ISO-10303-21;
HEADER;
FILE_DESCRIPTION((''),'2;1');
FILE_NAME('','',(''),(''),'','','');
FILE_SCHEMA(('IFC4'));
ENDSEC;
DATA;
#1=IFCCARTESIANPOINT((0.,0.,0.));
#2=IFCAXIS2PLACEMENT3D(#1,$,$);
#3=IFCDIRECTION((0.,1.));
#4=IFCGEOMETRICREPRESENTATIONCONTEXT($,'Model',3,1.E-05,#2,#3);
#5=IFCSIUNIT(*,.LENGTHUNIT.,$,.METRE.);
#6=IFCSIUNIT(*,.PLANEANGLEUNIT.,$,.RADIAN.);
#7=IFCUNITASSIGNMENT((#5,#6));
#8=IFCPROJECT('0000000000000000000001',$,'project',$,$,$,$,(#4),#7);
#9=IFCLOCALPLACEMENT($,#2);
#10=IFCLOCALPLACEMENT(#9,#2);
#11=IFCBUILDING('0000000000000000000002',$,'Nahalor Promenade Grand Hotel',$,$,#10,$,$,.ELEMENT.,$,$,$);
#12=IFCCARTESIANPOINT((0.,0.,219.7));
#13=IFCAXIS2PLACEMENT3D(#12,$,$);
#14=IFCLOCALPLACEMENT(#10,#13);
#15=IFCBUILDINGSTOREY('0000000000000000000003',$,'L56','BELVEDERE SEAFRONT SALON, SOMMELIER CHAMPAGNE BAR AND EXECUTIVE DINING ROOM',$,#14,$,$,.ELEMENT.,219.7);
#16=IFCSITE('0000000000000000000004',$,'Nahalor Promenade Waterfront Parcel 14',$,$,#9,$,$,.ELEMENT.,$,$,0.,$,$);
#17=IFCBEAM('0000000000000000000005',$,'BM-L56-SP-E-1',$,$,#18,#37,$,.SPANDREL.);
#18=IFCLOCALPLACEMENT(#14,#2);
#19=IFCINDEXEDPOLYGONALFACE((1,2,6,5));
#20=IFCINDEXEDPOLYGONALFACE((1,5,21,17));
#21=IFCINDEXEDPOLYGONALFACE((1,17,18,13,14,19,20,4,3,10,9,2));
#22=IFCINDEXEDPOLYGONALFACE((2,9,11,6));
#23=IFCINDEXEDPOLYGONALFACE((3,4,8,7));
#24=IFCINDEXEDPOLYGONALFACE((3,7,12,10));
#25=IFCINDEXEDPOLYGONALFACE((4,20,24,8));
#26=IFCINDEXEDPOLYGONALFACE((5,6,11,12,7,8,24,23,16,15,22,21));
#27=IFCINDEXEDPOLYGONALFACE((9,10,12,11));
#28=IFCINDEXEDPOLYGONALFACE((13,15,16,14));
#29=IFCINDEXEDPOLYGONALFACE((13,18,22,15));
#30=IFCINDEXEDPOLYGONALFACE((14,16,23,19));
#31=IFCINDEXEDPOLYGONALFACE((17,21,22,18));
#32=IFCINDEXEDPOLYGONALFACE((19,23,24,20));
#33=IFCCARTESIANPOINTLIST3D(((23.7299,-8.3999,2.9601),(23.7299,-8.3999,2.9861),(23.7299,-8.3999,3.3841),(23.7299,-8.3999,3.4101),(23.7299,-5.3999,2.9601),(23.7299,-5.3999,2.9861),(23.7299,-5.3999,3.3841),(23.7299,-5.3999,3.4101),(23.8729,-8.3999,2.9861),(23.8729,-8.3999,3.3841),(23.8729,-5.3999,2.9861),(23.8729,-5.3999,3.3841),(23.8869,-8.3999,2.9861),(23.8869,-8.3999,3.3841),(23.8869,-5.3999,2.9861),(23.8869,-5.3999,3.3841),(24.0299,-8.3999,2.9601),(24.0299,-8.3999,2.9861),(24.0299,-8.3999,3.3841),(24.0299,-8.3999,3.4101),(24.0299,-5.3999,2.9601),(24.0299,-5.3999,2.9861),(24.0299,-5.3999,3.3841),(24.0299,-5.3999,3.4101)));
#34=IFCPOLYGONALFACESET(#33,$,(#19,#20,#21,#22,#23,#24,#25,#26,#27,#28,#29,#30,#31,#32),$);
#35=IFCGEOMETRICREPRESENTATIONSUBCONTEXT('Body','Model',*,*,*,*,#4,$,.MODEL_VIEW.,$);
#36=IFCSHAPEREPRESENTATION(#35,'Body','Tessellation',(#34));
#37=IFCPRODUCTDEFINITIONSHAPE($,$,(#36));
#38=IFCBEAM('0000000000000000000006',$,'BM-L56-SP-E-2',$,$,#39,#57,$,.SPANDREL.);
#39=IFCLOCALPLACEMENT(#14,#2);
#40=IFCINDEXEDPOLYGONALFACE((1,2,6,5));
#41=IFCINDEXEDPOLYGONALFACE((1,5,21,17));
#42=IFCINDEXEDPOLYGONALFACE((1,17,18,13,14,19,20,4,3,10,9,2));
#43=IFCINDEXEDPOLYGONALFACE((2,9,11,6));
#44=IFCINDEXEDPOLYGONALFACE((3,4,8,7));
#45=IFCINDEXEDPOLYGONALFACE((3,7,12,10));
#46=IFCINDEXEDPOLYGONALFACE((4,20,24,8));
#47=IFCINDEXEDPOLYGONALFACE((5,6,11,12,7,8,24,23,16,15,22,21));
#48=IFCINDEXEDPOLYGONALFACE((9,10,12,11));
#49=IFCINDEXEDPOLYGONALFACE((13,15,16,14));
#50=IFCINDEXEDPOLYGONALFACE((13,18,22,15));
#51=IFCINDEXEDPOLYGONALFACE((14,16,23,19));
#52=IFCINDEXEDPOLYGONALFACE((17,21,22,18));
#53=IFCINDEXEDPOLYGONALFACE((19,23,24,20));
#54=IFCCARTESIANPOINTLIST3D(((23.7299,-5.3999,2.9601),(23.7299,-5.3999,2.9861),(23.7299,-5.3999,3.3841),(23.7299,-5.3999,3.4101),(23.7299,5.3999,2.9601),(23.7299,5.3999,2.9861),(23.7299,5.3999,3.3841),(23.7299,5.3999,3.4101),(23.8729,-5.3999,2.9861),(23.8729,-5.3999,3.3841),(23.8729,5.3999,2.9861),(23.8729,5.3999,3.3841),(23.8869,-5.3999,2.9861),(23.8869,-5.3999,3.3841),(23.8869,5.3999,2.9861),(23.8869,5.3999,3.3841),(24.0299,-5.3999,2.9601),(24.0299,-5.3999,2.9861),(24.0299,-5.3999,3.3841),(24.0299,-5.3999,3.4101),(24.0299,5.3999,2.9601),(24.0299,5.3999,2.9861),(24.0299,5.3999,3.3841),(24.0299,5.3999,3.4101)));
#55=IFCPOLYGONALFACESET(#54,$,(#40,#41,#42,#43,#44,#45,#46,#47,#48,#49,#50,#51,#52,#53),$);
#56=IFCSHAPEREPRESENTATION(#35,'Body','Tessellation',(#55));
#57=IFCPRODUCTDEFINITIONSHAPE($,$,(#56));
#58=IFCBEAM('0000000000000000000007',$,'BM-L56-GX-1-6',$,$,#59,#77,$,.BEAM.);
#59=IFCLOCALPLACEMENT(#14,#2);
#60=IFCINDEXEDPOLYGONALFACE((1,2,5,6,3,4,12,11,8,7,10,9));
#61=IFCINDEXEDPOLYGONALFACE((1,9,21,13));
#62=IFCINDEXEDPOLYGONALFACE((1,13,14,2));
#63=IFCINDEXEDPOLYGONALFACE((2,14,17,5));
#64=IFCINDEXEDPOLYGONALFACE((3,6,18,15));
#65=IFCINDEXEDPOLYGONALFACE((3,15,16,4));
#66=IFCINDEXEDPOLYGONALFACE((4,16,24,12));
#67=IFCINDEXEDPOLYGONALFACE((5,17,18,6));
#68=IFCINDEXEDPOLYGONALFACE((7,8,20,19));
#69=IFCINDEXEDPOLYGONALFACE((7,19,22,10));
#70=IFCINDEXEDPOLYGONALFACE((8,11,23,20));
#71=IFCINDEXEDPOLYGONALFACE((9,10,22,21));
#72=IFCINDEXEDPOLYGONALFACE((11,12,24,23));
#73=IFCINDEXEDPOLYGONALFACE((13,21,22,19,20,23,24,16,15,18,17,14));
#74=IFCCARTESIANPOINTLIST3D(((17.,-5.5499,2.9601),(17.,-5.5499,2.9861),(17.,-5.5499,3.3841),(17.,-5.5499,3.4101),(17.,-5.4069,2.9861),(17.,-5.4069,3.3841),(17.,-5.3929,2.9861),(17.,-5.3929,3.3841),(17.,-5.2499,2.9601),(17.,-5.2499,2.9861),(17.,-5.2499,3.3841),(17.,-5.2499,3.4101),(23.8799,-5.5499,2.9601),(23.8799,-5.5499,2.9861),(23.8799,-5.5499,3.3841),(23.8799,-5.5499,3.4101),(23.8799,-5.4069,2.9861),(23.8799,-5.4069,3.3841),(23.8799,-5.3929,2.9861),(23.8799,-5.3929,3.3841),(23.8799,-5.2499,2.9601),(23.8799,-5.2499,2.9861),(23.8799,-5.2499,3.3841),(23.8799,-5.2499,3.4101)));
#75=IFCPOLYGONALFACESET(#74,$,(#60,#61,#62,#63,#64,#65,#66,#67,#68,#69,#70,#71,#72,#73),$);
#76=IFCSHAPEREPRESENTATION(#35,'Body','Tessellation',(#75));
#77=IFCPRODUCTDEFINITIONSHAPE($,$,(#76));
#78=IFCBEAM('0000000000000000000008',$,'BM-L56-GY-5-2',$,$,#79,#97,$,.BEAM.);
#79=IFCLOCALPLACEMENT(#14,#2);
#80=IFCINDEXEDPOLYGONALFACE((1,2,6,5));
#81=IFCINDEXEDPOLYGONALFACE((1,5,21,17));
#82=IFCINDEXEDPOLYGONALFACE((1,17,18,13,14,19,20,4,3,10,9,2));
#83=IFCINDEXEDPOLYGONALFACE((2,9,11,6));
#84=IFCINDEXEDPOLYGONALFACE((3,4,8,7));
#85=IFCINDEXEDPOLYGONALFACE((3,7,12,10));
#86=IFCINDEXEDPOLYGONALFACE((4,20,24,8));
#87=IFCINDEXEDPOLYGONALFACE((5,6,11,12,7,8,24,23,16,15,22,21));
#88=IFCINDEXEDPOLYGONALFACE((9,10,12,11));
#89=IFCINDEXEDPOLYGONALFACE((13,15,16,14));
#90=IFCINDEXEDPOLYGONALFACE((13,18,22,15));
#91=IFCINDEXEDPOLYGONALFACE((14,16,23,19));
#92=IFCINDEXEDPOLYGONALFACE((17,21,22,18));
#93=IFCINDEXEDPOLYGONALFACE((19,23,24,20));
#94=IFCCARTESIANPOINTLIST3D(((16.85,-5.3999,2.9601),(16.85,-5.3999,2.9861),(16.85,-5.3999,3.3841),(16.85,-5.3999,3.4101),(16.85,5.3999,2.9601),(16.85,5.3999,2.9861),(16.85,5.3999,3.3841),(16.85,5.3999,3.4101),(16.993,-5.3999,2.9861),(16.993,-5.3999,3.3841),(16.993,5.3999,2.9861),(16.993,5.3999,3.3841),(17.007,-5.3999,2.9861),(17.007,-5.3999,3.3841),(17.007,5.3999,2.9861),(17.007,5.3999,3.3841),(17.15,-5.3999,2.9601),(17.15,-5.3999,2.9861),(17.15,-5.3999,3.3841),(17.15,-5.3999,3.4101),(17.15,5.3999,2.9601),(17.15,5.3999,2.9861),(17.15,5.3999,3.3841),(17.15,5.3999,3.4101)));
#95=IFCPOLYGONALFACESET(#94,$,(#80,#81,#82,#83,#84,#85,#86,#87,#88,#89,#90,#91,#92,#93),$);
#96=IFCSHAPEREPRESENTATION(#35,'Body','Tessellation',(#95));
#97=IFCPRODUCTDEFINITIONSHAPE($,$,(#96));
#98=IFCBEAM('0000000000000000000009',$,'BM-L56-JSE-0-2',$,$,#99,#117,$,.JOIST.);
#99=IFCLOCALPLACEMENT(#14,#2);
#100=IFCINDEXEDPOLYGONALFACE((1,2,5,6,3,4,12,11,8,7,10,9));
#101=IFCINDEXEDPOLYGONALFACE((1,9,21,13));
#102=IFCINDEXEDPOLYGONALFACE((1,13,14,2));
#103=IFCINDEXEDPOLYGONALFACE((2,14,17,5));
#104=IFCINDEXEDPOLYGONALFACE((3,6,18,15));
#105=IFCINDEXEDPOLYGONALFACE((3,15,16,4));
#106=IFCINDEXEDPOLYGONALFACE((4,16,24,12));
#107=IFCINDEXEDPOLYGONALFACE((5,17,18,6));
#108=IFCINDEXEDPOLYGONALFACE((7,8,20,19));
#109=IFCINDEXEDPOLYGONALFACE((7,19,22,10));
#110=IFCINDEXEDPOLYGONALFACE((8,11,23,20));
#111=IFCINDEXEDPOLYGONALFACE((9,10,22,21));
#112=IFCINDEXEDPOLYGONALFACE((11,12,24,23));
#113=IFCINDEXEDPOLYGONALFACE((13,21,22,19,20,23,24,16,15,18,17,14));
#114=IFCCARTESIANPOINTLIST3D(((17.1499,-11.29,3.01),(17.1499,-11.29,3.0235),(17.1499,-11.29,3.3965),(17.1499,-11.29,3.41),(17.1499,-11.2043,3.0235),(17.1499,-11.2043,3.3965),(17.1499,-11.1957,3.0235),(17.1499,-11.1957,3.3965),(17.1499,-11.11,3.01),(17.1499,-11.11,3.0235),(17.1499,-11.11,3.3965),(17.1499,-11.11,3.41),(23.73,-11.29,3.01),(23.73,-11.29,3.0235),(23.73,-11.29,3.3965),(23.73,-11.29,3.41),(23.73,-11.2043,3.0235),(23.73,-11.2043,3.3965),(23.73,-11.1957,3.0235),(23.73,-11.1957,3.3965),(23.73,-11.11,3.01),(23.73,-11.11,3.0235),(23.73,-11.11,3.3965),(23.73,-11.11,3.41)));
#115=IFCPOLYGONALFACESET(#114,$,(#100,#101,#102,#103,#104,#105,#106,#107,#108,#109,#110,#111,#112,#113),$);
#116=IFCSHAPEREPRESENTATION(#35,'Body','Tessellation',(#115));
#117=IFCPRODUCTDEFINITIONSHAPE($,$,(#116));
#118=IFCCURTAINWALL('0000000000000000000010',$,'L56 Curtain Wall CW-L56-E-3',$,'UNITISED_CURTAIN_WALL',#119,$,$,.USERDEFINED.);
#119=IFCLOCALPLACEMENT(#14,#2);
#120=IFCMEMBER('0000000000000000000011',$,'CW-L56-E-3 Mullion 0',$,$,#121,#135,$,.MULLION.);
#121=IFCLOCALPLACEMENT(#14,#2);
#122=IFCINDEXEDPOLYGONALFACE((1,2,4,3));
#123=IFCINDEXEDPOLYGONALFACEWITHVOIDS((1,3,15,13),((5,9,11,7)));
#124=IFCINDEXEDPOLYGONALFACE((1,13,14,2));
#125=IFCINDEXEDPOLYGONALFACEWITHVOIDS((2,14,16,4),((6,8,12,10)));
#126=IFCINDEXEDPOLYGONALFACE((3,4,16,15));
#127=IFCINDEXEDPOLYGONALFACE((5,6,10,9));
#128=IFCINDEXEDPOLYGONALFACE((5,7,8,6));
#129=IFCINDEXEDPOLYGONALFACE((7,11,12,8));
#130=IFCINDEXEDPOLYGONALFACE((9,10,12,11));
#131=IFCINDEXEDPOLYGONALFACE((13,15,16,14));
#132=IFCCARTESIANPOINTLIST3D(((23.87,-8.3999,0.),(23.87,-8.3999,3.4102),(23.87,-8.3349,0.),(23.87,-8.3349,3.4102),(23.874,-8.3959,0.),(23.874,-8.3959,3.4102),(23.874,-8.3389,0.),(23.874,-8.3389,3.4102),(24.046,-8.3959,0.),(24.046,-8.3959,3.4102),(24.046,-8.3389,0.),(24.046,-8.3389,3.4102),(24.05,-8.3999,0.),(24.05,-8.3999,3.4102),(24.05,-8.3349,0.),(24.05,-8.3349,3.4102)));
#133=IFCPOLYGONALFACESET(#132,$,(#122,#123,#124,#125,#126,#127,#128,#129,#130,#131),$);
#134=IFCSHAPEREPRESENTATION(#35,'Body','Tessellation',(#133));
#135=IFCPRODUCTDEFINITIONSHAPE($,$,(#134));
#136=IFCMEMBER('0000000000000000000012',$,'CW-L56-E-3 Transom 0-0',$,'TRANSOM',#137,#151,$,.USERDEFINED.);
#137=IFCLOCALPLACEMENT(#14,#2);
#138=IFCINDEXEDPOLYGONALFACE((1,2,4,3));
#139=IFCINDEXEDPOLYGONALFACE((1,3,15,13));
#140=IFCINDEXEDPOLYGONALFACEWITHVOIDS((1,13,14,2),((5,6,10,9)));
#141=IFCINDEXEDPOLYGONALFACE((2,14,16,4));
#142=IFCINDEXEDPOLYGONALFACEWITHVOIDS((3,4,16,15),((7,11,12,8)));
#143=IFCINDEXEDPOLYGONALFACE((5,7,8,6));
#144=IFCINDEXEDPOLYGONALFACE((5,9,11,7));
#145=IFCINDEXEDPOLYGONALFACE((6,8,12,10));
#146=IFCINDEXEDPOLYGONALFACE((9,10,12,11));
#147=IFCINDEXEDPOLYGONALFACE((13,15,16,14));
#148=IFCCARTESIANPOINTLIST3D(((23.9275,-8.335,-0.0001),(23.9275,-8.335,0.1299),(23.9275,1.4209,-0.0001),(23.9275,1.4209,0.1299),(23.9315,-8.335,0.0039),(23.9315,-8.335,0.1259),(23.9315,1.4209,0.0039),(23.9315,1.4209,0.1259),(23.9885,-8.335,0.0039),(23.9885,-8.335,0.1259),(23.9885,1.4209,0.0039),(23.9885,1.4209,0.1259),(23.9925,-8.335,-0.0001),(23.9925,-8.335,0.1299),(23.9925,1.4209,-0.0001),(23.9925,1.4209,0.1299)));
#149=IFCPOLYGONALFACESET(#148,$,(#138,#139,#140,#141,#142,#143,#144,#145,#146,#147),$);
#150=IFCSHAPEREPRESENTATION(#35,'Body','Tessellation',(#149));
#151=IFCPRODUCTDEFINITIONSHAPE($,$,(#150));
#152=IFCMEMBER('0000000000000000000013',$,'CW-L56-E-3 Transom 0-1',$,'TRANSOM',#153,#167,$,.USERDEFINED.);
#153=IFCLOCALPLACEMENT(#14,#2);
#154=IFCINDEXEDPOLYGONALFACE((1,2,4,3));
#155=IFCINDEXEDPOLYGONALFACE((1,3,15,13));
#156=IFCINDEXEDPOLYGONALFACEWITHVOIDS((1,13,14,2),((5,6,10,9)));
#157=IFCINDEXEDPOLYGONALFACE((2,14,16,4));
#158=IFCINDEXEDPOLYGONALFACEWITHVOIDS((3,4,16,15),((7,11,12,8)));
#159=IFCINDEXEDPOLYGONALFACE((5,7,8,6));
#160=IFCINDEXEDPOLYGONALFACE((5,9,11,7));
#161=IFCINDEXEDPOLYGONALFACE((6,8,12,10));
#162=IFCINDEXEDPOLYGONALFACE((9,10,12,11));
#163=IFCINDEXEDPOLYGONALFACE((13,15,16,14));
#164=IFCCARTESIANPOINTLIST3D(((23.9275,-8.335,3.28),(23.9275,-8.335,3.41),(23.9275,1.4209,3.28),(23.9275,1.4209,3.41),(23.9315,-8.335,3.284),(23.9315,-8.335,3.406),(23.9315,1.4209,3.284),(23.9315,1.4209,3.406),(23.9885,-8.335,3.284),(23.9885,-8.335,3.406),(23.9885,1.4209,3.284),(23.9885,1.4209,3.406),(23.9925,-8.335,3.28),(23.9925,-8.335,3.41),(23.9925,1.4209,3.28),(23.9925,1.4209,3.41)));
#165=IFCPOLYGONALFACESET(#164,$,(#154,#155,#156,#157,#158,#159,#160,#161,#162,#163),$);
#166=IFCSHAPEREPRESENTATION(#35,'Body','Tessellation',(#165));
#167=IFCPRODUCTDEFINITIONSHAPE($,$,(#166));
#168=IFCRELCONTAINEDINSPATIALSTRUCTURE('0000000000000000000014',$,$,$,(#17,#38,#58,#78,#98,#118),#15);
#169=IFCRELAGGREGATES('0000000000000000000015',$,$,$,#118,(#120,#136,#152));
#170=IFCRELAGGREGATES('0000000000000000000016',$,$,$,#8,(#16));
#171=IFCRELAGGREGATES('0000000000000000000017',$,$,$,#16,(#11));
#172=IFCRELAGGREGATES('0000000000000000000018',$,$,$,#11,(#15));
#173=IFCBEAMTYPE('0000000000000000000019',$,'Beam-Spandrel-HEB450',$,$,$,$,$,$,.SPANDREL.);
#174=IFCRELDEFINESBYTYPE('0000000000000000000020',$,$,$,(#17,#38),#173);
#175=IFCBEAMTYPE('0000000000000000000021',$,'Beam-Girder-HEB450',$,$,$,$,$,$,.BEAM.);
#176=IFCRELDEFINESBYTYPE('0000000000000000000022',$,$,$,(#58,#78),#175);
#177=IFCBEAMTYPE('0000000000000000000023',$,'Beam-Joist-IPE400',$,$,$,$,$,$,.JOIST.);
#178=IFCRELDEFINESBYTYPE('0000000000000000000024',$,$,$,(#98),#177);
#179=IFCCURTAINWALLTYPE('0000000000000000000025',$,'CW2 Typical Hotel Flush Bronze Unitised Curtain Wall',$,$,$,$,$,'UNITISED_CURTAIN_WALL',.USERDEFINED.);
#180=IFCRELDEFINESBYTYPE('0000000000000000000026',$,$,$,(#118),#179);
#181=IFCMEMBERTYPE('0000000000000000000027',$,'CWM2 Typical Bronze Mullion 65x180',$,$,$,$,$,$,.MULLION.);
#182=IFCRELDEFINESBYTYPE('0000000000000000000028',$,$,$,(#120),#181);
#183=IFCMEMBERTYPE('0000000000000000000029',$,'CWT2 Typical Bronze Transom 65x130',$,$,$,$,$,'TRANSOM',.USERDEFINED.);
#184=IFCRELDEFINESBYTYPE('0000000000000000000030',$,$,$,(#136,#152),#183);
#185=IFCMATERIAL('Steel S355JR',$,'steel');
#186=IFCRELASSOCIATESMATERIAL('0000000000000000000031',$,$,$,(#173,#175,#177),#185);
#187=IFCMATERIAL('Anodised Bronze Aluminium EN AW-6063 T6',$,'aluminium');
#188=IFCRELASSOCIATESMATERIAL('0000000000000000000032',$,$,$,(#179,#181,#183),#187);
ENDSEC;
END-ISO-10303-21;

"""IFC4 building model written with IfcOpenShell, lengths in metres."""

from ifc_helpers import new_model, si_unit, direction, frame, origin, origin_2d, place, context, subcontext, project, spatial, hollow_rectangle, i_section, extrude, source, transform, mapped, material, material_profile, profile_set, type_object, element, aggregate, save


model = new_model("IFC4")

# Units and contexts
model_context = context("Model", 3, precision=1e-05, world=origin(), true_north=direction((0.0, 1.0)))
body_context = subcontext(model_context, "Body", "Model", "MODEL_VIEW")
ifc_project = project(units=[si_unit("LENGTHUNIT", "METRE"), si_unit("PLANEANGLEUNIT", "RADIAN")], contexts=[model_context])

# Site, building, storey
site_placement = place(None, origin())
site = spatial("IfcSite", under=ifc_project, at=site_placement, Name="Nahalor Promenade Waterfront Parcel 14", CompositionType="ELEMENT", RefElevation=0.0)
building_placement = place(site_placement, origin())
building = spatial("IfcBuilding", under=site, at=building_placement, Name="Nahalor Promenade Grand Hotel", CompositionType="ELEMENT")
storey_placement = place(building_placement, frame((0.0, 0.0, 219.7)))
storey = spatial("IfcBuildingStorey", under=building, at=storey_placement, Name="L56", Description="BELVEDERE SEAFRONT SALON, SOMMELIER CHAMPAGNE BAR AND EXECUTIVE DINING ROOM", CompositionType="ELEMENT", Elevation=219.7)

# Shared definitions
ifc_material_1 = material(Name="Steel S355JR", Category="steel")

# Beams
ifc_material_profile_1 = material_profile(ifc_material_1, i_section(OverallWidth=0.3, OverallDepth=0.45, WebThickness=0.014, FlangeThickness=0.026, at=origin_2d()), Name="HEB 450")
ifc_profile_set_1 = profile_set([ifc_material_profile_1], Name="Steel S355JR")
beam_type_1 = type_object("IfcBeamType", Name="Beam-Spandrel-HEB450", PredefinedType="SPANDREL", material=ifc_profile_set_1)
shared_shape_1 = source(origin(), body_context, "Body", "SweptSolid", [
    extrude(i_section(OverallWidth=0.3, OverallDepth=0.45, WebThickness=0.014, FlangeThickness=0.026, at=origin_2d()), origin(), (0.0, 0.0, 1.0), 3.0),
])
beam_1_placement = place(storey_placement, frame((23.8799, -8.3999, 3.1851), z_axis=(0.0, 1.0, 0.0), x_axis=(-1.0, 0.0, 0.0)))
element("IfcBeam", 1, at=beam_1_placement, inside=storey, type_object=beam_type_1, Name="BM-L56-SP-E-1", PredefinedType="SPANDREL", context=body_context, shape_type="MappedRepresentation", body=[
    mapped(shared_shape_1, transform((0.0, 0.0, 0.0), scale=1.0)),
])
shared_shape_2 = source(origin(), body_context, "Body", "SweptSolid", [
    extrude(i_section(OverallWidth=0.3, OverallDepth=0.45, WebThickness=0.014, FlangeThickness=0.026, at=origin_2d()), origin(), (0.0, 0.0, 1.0), 10.7998),
])
beam_2_placement = place(storey_placement, frame((23.8799, -5.3999, 3.1851), z_axis=(0.0, 1.0, 0.0), x_axis=(-1.0, 0.0, 0.0)))
element("IfcBeam", 2, at=beam_2_placement, inside=storey, type_object=beam_type_1, Name="BM-L56-SP-E-2", PredefinedType="SPANDREL", context=body_context, shape_type="MappedRepresentation", body=[
    mapped(shared_shape_2, transform((0.0, 0.0, 0.0), scale=1.0)),
])
ifc_material_profile_2 = material_profile(ifc_material_1, i_section(OverallWidth=0.3, OverallDepth=0.45, WebThickness=0.014, FlangeThickness=0.026, at=origin_2d()), Name="HEB 450")
ifc_profile_set_2 = profile_set([ifc_material_profile_2], Name="Steel S355JR")
beam_type_2 = type_object("IfcBeamType", Name="Beam-Girder-HEB450", PredefinedType="BEAM", material=ifc_profile_set_2)
shared_shape_3 = source(origin(), body_context, "Body", "SweptSolid", [
    extrude(i_section(OverallWidth=0.3, OverallDepth=0.45, WebThickness=0.014, FlangeThickness=0.026, at=origin_2d()), origin(), (0.0, 0.0, 1.0), 6.8799),
])
beam_3_placement = place(storey_placement, frame((17.0, -5.3999, 3.1851), z_axis=(1.0, 0.0, 0.0), x_axis=(0.0, 1.0, 0.0)))
element("IfcBeam", 3, at=beam_3_placement, inside=storey, type_object=beam_type_2, Name="BM-L56-GX-1-6", PredefinedType="BEAM", context=body_context, shape_type="MappedRepresentation", body=[
    mapped(shared_shape_3, transform((0.0, 0.0, 0.0), scale=1.0)),
])
shared_shape_4 = source(origin(), body_context, "Body", "SweptSolid", [
    extrude(i_section(OverallWidth=0.3, OverallDepth=0.45, WebThickness=0.014, FlangeThickness=0.026, at=origin_2d()), origin(), (0.0, 0.0, 1.0), 10.7998),
])
beam_4_placement = place(storey_placement, frame((17.0, -5.3999, 3.1851), z_axis=(0.0, 1.0, 0.0), x_axis=(-1.0, 0.0, 0.0)))
element("IfcBeam", 4, at=beam_4_placement, inside=storey, type_object=beam_type_2, Name="BM-L56-GY-5-2", PredefinedType="BEAM", context=body_context, shape_type="MappedRepresentation", body=[
    mapped(shared_shape_4, transform((0.0, 0.0, 0.0), scale=1.0)),
])
ifc_material_profile_3 = material_profile(ifc_material_1, i_section(OverallWidth=0.18, OverallDepth=0.4, WebThickness=0.0086, FlangeThickness=0.0135, at=origin_2d()), Name="IPE 400")
ifc_profile_set_3 = profile_set([ifc_material_profile_3], Name="Steel S355JR")
beam_type_3 = type_object("IfcBeamType", Name="Beam-Joist-IPE400", PredefinedType="JOIST", material=ifc_profile_set_3)
shared_shape_5 = source(origin(), body_context, "Body", "SweptSolid", [
    extrude(i_section(OverallWidth=0.18, OverallDepth=0.4, WebThickness=0.0086, FlangeThickness=0.0135, at=origin_2d()), origin(), (0.0, 0.0, 1.0), 6.5801),
])
beam_5_placement = place(storey_placement, frame((17.1499, -11.2, 3.21), z_axis=(1.0, 0.0, 0.0), x_axis=(0.0, 1.0, 0.0)))
element("IfcBeam", 5, at=beam_5_placement, inside=storey, type_object=beam_type_3, Name="BM-L56-JSE-0-2", PredefinedType="JOIST", context=body_context, shape_type="MappedRepresentation", body=[
    mapped(shared_shape_5, transform((0.0, 0.0, 0.0), scale=1.0)),
])

# Curtain wall, members
ifc_material_2 = material(Name="Anodised Bronze Aluminium EN AW-6063 T6", Category="aluminium")
curtain_wall_type = type_object("IfcCurtainWallType", Name="CW2 Typical Hotel Flush Bronze Unitised Curtain Wall", ElementType="UNITISED_CURTAIN_WALL", PredefinedType="USERDEFINED", material=ifc_material_2)
curtain_wall_placement = place(storey_placement, origin())
curtain_wall = element("IfcCurtainWall", 6, at=curtain_wall_placement, inside=storey, type_object=curtain_wall_type, Name="L56 Curtain Wall CW-L56-E-3", ObjectType="UNITISED_CURTAIN_WALL", PredefinedType="USERDEFINED")
ifc_material_profile_4 = material_profile(ifc_material_2, hollow_rectangle(XDim=0.065, YDim=0.18, WallThickness=0.004, at=origin_2d()), Name="CWM 65x180x4")
ifc_profile_set_4 = profile_set([ifc_material_profile_4], Name="Anodised Bronze Aluminium EN AW-6063 T6")
member_type_1 = type_object("IfcMemberType", Name="CWM2 Typical Bronze Mullion 65x180", PredefinedType="MULLION", material=ifc_profile_set_4)
shared_shape_6 = source(origin(), body_context, "Body", "SweptSolid", [
    extrude(hollow_rectangle(XDim=0.065, YDim=0.18, WallThickness=0.004, at=origin_2d()), origin(), (0.0, 0.0, 1.0), 3.4102),
])
member_1_placement = place(storey_placement, frame((23.96, -8.3674, 0.0), z_axis=(0.0, 0.0, 1.0), x_axis=(0.0, 1.0, 0.0)))
member_1 = element("IfcMember", 7, at=member_1_placement, type_object=member_type_1, Name="CW-L56-E-3 Mullion 0", PredefinedType="MULLION", context=body_context, shape_type="MappedRepresentation", body=[
    mapped(shared_shape_6, transform((0.0, 0.0, 0.0), scale=1.0)),
])
ifc_material_profile_5 = material_profile(ifc_material_2, hollow_rectangle(XDim=0.065, YDim=0.13, WallThickness=0.004, at=origin_2d()), Name="CWT 65x130x4")
ifc_profile_set_5 = profile_set([ifc_material_profile_5], Name="Anodised Bronze Aluminium EN AW-6063 T6")
member_type_2 = type_object("IfcMemberType", Name="CWT2 Typical Bronze Transom 65x130", ElementType="TRANSOM", PredefinedType="USERDEFINED", material=ifc_profile_set_5)
shared_shape_7 = source(origin(), body_context, "Body", "SweptSolid", [
    extrude(hollow_rectangle(XDim=0.065, YDim=0.13, WallThickness=0.004, at=origin_2d()), origin(), (0.0, 0.0, 1.0), 9.7559),
])
member_2_placement = place(storey_placement, frame((23.96, -8.335, 0.0649), z_axis=(0.0, 1.0, 0.0), x_axis=(-1.0, 0.0, 0.0)))
member_2 = element("IfcMember", 8, at=member_2_placement, type_object=member_type_2, Name="CW-L56-E-3 Transom 0-0", ObjectType="TRANSOM", PredefinedType="USERDEFINED", context=body_context, shape_type="MappedRepresentation", body=[
    mapped(shared_shape_7, transform((0.0, 0.0, 0.0), scale=1.0)),
])
member_3_placement = place(storey_placement, frame((23.96, -8.335, 3.345), z_axis=(0.0, 1.0, 0.0), x_axis=(-1.0, 0.0, 0.0)))
member_3 = element("IfcMember", 9, at=member_3_placement, type_object=member_type_2, Name="CW-L56-E-3 Transom 0-1", ObjectType="TRANSOM", PredefinedType="USERDEFINED", context=body_context, shape_type="MappedRepresentation", body=[
    mapped(shared_shape_7, transform((0.0, 0.0, 0.0), scale=1.0)),
])
aggregate(curtain_wall, [member_1, member_2, member_3])

save(model, "model.ifc")
